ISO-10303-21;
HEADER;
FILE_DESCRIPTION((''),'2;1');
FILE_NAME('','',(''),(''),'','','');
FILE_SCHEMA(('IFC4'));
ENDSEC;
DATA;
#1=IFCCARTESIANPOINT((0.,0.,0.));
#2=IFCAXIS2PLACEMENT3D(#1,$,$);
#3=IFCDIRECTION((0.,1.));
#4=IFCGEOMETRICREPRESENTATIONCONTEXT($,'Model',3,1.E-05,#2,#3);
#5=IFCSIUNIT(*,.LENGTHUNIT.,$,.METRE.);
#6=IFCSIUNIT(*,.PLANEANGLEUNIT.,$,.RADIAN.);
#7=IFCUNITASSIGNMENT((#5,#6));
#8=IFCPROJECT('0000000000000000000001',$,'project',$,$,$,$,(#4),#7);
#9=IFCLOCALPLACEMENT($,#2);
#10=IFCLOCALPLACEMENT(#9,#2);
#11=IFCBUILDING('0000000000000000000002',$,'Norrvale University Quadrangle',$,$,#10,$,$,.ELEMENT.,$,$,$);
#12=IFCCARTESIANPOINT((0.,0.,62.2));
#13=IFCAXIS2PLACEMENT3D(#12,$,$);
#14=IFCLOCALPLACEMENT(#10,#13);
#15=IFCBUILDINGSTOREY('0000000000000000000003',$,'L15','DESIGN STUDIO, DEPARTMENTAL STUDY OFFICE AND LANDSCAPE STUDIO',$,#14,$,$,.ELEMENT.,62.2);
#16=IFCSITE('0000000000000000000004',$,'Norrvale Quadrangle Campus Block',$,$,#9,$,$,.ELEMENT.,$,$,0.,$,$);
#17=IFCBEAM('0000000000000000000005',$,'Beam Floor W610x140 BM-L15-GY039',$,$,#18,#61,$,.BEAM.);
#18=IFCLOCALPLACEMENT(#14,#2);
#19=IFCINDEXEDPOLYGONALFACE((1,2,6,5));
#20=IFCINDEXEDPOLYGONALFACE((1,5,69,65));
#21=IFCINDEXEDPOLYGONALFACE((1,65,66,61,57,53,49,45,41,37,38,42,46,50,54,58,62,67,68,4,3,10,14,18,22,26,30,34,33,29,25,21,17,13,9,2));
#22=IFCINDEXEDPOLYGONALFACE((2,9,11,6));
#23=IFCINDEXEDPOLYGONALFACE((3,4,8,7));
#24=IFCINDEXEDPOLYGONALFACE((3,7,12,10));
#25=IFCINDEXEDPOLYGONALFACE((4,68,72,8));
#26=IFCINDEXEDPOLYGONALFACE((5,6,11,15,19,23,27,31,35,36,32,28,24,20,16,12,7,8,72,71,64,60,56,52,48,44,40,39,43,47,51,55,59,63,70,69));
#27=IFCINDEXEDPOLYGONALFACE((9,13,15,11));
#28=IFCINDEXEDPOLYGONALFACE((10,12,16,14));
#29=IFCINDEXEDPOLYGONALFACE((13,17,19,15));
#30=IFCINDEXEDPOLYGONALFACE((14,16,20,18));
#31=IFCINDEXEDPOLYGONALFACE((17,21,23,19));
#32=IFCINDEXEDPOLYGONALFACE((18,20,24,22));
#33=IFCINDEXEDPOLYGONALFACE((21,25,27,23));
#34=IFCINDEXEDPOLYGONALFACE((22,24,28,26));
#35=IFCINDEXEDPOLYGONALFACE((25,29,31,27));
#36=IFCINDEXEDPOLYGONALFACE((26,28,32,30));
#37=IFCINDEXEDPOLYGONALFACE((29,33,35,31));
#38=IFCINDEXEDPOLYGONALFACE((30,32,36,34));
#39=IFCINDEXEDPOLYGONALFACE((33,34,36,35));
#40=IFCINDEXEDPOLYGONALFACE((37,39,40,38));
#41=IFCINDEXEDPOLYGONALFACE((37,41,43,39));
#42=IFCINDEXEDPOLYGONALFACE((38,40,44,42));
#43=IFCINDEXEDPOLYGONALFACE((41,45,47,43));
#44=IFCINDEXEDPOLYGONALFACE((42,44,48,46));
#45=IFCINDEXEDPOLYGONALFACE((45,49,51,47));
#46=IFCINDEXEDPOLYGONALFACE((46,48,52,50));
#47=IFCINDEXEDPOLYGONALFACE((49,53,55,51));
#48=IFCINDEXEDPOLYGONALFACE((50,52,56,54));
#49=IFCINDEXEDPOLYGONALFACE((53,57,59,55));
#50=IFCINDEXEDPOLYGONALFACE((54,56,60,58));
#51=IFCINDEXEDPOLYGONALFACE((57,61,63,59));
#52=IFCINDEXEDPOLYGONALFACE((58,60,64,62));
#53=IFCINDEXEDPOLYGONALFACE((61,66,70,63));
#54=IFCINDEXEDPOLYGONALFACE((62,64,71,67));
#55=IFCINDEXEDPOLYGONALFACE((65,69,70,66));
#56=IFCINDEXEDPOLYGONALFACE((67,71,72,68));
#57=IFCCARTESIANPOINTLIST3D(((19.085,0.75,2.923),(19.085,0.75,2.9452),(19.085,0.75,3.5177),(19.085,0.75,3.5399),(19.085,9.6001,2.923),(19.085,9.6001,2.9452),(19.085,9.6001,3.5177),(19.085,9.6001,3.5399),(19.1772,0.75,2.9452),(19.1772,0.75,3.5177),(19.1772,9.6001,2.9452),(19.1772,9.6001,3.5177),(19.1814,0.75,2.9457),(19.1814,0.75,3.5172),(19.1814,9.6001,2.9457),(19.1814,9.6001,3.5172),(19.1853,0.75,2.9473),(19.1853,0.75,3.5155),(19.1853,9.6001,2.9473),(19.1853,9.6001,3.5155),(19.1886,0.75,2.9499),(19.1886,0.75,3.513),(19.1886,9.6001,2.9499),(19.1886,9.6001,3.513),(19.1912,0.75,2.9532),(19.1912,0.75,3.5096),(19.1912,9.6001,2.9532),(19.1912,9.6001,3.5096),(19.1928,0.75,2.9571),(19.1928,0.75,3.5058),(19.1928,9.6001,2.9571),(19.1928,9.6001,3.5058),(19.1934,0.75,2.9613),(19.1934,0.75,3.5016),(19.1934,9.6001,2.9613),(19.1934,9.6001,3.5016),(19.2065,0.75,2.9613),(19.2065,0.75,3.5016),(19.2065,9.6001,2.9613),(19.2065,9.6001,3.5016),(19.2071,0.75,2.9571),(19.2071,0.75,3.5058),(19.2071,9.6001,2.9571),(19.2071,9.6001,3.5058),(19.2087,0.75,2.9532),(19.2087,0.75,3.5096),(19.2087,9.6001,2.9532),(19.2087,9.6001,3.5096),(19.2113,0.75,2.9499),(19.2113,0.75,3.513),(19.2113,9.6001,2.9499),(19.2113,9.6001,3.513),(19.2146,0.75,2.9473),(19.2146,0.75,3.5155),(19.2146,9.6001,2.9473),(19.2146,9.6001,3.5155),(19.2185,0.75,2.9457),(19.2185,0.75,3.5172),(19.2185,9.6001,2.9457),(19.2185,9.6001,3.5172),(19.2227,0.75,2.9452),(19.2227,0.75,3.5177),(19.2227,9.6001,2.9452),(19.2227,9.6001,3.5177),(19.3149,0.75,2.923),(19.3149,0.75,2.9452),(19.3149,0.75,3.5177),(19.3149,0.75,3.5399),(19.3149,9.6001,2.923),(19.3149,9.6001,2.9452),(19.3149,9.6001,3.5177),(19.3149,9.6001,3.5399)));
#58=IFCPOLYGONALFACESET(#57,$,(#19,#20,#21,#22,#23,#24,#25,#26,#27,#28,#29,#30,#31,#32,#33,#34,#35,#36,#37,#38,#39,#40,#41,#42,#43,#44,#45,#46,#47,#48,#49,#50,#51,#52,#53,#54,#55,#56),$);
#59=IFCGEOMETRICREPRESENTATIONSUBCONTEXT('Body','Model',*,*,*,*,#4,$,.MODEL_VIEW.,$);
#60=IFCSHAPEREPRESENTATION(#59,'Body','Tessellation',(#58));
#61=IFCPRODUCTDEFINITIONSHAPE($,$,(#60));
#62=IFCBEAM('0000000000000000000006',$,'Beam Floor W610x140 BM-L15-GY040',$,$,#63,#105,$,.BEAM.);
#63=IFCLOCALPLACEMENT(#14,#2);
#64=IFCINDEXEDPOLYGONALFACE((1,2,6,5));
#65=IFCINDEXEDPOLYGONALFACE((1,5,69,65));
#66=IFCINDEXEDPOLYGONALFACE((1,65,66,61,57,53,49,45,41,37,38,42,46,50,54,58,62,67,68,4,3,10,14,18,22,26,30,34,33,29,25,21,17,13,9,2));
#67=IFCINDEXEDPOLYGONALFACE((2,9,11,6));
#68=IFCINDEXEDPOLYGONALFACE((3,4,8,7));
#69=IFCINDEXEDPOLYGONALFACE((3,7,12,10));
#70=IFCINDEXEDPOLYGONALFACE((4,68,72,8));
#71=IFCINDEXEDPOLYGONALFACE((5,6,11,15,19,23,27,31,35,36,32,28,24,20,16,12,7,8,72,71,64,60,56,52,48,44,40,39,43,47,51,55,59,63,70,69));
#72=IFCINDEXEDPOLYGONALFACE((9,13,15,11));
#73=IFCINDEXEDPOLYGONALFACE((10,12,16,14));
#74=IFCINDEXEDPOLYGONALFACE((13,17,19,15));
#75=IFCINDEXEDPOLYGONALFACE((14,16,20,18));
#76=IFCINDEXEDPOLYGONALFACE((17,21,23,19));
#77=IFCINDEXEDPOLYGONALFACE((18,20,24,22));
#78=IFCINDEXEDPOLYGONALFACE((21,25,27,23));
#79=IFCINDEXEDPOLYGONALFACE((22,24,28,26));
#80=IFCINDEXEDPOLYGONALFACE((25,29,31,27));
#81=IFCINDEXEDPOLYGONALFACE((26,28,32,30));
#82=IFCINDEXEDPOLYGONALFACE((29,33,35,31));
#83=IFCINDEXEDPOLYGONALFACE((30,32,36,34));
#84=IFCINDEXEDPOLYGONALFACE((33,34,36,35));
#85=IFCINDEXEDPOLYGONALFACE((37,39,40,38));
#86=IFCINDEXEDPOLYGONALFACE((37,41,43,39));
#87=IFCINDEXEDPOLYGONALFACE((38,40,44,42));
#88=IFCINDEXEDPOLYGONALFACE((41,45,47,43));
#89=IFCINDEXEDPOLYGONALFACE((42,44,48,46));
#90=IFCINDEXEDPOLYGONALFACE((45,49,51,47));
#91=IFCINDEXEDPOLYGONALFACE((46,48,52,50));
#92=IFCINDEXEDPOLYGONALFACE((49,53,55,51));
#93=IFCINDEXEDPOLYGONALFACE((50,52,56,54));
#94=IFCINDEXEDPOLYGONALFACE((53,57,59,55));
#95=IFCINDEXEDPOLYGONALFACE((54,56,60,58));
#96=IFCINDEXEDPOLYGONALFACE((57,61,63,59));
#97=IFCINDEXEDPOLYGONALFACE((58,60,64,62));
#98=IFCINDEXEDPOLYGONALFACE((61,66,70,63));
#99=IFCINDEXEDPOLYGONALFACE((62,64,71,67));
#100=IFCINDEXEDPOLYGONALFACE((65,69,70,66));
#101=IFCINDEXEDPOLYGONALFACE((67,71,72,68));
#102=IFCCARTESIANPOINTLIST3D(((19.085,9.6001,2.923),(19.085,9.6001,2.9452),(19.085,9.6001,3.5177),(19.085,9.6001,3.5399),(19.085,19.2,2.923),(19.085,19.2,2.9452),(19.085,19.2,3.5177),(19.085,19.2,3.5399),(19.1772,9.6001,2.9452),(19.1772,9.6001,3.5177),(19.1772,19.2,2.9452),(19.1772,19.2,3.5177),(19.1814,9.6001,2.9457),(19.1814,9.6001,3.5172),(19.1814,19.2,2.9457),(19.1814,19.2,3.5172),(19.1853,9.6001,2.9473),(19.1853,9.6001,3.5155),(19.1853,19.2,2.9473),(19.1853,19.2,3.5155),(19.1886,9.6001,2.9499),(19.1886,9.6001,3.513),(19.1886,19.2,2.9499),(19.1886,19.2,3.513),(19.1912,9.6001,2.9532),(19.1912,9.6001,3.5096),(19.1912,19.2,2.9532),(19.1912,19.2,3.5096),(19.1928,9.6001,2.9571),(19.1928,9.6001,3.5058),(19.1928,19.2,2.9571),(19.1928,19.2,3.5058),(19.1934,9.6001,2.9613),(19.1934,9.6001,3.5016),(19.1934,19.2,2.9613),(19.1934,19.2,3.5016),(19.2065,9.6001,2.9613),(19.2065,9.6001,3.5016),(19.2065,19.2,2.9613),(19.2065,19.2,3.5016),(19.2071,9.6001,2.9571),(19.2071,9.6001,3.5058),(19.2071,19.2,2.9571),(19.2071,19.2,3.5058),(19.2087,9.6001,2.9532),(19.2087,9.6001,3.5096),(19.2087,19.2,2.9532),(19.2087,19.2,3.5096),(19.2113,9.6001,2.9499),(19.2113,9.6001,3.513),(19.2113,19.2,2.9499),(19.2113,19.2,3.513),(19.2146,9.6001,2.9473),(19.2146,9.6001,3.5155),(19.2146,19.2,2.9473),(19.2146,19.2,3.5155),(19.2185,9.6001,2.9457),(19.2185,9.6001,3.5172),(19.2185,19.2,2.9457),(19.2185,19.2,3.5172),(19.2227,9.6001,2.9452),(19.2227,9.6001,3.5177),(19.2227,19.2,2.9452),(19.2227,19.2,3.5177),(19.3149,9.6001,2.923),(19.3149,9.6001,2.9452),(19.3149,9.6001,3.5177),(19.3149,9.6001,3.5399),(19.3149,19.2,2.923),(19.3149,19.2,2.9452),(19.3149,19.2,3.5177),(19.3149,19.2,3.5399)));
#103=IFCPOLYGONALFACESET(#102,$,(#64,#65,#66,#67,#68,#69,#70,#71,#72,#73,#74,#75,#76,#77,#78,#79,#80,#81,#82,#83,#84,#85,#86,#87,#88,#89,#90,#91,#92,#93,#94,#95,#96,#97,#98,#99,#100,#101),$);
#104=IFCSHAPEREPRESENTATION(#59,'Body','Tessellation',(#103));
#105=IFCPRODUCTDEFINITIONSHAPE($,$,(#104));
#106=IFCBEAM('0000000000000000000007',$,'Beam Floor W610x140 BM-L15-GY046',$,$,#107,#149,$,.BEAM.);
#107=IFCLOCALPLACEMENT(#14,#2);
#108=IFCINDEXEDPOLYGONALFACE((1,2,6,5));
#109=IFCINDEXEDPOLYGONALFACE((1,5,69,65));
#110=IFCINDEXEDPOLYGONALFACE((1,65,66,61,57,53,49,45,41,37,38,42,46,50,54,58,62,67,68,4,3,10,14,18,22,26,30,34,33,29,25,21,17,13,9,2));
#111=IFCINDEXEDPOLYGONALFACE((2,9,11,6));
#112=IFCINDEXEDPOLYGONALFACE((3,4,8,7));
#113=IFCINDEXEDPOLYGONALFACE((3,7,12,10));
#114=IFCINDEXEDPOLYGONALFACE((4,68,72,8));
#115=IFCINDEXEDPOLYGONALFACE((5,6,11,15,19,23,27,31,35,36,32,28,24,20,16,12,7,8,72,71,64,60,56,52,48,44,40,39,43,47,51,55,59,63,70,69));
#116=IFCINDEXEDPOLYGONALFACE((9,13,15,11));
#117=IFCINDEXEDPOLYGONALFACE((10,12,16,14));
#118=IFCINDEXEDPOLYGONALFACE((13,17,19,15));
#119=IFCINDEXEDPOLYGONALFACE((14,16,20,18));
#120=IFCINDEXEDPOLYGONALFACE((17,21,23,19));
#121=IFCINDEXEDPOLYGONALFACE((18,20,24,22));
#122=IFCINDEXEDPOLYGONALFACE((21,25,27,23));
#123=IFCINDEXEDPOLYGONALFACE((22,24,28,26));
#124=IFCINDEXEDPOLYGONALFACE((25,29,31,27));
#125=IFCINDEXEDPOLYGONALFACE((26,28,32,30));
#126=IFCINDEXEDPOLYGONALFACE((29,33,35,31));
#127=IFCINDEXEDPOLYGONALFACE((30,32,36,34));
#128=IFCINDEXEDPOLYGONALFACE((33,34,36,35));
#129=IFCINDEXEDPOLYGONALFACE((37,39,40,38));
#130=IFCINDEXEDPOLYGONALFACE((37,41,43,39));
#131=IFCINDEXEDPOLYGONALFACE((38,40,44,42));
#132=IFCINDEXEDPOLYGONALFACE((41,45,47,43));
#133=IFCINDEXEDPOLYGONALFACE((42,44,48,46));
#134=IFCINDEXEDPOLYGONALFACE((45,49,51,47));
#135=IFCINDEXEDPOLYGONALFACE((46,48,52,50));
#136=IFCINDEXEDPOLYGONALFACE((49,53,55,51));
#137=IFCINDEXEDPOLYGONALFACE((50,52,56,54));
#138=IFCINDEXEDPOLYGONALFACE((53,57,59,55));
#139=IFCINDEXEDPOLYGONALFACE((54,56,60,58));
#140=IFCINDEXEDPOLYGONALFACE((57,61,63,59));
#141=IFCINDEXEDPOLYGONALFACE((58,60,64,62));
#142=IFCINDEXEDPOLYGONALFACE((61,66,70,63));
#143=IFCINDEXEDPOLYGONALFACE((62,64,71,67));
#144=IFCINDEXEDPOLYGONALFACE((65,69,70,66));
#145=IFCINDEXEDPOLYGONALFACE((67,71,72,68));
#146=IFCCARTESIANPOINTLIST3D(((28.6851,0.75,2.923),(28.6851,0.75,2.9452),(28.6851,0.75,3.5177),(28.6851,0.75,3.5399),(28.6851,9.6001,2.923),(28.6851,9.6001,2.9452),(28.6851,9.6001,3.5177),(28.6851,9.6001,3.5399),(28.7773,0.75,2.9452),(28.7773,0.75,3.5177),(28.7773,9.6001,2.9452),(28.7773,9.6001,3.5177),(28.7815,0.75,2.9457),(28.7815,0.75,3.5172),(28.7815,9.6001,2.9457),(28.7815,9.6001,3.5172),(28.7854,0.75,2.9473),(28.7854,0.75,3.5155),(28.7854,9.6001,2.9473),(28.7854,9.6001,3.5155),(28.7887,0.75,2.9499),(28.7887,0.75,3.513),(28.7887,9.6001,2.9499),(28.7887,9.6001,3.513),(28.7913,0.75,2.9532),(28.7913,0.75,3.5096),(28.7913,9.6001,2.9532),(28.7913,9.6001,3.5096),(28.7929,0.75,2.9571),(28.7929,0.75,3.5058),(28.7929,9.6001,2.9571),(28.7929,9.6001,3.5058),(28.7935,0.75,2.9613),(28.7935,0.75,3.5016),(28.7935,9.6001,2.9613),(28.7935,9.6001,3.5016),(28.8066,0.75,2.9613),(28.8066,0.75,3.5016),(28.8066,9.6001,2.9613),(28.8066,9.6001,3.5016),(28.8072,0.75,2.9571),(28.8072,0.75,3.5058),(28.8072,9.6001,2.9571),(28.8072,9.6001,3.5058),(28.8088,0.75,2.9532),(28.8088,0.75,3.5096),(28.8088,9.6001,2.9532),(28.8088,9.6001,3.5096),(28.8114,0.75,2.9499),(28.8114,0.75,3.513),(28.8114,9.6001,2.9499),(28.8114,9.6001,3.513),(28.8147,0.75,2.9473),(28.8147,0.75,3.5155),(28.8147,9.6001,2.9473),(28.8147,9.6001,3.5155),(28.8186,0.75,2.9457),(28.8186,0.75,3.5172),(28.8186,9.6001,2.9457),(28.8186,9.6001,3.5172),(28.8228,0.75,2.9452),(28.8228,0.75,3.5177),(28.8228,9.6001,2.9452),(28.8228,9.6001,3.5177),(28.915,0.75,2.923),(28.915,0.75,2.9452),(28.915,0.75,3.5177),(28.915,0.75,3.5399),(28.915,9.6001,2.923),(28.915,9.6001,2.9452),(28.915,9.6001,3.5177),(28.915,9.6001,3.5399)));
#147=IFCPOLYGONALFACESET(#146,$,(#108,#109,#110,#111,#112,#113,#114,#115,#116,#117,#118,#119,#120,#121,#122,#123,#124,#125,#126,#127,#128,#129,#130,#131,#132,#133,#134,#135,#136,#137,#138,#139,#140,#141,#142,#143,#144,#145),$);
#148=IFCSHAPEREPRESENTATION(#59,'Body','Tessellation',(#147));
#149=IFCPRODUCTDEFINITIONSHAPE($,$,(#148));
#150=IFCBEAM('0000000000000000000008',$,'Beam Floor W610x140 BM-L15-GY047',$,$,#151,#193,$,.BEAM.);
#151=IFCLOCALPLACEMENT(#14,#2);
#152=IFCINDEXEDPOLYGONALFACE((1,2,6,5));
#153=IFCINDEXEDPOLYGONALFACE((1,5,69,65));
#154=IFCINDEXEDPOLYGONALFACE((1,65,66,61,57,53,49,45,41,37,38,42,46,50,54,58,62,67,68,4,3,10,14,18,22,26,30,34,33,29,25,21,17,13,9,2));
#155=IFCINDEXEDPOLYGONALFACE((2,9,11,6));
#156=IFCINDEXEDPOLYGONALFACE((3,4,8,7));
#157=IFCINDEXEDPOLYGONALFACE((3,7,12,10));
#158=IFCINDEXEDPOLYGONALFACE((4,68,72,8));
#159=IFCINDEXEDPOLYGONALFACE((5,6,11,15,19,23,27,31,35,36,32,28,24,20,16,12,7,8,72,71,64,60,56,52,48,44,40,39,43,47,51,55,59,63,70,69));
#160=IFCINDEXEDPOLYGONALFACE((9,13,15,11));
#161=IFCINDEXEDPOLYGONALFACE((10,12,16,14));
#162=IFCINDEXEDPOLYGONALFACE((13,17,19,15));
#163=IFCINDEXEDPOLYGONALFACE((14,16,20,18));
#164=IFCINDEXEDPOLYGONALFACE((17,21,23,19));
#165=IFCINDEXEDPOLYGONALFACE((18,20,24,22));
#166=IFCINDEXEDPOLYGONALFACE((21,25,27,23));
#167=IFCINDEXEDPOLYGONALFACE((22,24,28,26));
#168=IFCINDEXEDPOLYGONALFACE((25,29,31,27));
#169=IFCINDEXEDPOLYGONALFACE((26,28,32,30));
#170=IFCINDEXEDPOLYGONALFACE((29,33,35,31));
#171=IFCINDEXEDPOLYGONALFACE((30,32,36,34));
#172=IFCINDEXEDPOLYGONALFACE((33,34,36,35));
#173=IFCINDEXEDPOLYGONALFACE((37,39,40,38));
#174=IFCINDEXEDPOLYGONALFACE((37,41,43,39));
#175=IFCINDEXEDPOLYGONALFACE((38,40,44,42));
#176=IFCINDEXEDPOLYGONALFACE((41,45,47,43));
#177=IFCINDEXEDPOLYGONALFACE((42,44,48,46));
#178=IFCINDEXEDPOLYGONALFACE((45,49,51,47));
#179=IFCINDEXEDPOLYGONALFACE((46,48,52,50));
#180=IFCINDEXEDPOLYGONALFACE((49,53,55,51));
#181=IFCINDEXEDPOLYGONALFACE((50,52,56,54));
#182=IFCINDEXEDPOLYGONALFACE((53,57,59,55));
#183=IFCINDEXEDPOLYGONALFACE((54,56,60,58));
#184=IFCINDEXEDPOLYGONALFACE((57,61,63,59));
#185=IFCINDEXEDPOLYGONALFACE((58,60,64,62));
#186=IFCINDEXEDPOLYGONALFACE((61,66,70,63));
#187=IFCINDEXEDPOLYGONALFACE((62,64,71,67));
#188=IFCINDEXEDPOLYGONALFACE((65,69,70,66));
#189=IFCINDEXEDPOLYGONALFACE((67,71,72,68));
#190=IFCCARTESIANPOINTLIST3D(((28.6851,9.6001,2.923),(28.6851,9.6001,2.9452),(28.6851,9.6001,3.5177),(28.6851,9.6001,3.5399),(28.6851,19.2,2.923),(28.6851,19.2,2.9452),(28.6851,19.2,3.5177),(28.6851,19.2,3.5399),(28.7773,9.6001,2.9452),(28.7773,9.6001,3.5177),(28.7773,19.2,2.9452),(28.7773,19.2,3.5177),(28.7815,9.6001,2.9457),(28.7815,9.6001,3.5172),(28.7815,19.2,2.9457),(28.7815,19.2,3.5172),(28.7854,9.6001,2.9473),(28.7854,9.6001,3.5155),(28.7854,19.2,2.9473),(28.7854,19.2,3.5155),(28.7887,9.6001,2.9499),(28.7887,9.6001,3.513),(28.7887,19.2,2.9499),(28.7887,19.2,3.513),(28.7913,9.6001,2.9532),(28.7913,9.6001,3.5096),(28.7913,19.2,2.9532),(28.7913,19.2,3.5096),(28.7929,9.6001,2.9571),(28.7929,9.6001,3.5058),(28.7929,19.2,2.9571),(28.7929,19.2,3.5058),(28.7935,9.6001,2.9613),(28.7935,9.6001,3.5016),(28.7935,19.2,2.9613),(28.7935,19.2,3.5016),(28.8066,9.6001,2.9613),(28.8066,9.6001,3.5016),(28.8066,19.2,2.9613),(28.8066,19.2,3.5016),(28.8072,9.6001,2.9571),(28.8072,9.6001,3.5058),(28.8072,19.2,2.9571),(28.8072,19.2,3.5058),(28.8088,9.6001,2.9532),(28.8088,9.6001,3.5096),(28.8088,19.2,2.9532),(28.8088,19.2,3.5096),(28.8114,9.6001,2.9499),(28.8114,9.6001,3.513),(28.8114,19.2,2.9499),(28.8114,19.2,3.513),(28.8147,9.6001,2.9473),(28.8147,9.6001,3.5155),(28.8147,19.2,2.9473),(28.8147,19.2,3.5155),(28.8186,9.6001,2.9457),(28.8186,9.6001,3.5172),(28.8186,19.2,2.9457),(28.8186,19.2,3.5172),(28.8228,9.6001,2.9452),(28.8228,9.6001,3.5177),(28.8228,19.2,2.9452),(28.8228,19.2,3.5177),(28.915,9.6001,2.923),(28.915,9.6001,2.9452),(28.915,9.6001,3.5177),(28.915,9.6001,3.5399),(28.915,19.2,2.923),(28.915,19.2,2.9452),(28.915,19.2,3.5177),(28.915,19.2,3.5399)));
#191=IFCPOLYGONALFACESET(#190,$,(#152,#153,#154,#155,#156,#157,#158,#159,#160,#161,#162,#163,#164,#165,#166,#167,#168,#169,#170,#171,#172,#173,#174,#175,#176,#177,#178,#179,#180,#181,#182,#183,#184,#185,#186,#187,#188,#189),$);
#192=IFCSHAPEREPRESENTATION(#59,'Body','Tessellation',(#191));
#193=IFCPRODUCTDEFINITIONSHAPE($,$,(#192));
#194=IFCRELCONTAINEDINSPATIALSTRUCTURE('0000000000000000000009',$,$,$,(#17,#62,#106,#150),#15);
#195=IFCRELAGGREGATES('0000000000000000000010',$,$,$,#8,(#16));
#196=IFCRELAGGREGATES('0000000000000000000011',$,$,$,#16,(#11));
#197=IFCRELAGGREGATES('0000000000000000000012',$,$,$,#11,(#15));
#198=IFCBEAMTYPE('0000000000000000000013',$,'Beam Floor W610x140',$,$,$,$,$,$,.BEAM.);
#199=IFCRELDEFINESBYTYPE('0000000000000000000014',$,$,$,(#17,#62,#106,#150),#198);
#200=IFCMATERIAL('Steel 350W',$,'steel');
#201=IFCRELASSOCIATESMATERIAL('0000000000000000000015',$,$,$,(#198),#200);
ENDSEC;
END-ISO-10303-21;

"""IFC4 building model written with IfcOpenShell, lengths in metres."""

from ifc_helpers import new_model, si_unit, direction, frame, origin, origin_2d, place, context, subcontext, project, spatial, i_section, extrude, material, material_profile, profile_set, type_object, element, save


model = new_model("IFC4")

# Units and contexts
model_context = context("Model", 3, precision=1e-05, world=origin(), true_north=direction((0.0, 1.0)))
body_context = subcontext(model_context, "Body", "Model", "MODEL_VIEW")
ifc_project = project(units=[si_unit("LENGTHUNIT", "METRE"), si_unit("PLANEANGLEUNIT", "RADIAN")], contexts=[model_context])

# Site, building, storey
site_placement = place(None, origin())
site = spatial("IfcSite", under=ifc_project, at=site_placement, Name="Norrvale Quadrangle Campus Block", CompositionType="ELEMENT", RefElevation=0.0)
building_placement = place(site_placement, origin())
building = spatial("IfcBuilding", under=site, at=building_placement, Name="Norrvale University Quadrangle", CompositionType="ELEMENT")
storey_placement = place(building_placement, frame((0.0, 0.0, 62.2)))
storey = spatial("IfcBuildingStorey", under=building, at=storey_placement, Name="L15", Description="DESIGN STUDIO, DEPARTMENTAL STUDY OFFICE AND LANDSCAPE STUDIO", CompositionType="ELEMENT", Elevation=62.2)

# Beams
ifc_material_1 = material(Name="Steel 350W", Category="steel")
ifc_material_profile_1 = material_profile(ifc_material_1, i_section(OverallWidth=0.23, OverallDepth=0.6169, WebThickness=0.0132, FlangeThickness=0.0222, FilletRadius=0.0161, at=origin_2d()), Name="Steel 350W")
ifc_profile_set_1 = profile_set([ifc_material_profile_1], Name="Steel 350W")
beam_type_1 = type_object("IfcBeamType", Name="Beam Floor W610x140", PredefinedType="BEAM", material=ifc_profile_set_1)
beam_1_placement = place(storey_placement, frame((19.2, 0.75, 3.2314), z_axis=(0.0, 1.0, 0.0), x_axis=(-1.0, 0.0, 0.0)))
element("IfcBeam", 1, at=beam_1_placement, inside=storey, type_object=beam_type_1, Name="Beam Floor W610x140 BM-L15-GY039", PredefinedType="BEAM", context=body_context, shape_type="SweptSolid", body=[
    extrude(i_section(OverallWidth=0.23, OverallDepth=0.6169, WebThickness=0.0132, FlangeThickness=0.0222, FilletRadius=0.0161, at=origin_2d()), origin(), (0.0, 0.0, 1.0), 8.8501),
])
beam_2_placement = place(storey_placement, frame((19.2, 9.6001, 3.2314), z_axis=(0.0, 1.0, 0.0), x_axis=(-1.0, 0.0, 0.0)))
element("IfcBeam", 2, at=beam_2_placement, inside=storey, type_object=beam_type_1, Name="Beam Floor W610x140 BM-L15-GY040", PredefinedType="BEAM", context=body_context, shape_type="SweptSolid", body=[
    extrude(i_section(OverallWidth=0.23, OverallDepth=0.6169, WebThickness=0.0132, FlangeThickness=0.0222, FilletRadius=0.0161, at=origin_2d()), origin(), (0.0, 0.0, 1.0), 9.5999),
])
beam_3_placement = place(storey_placement, frame((28.8, 0.75, 3.2314), z_axis=(0.0, 1.0, 0.0), x_axis=(-1.0, 0.0, 0.0)))
element("IfcBeam", 3, at=beam_3_placement, inside=storey, type_object=beam_type_1, Name="Beam Floor W610x140 BM-L15-GY046", PredefinedType="BEAM", context=body_context, shape_type="SweptSolid", body=[
    extrude(i_section(OverallWidth=0.23, OverallDepth=0.6169, WebThickness=0.0132, FlangeThickness=0.0222, FilletRadius=0.0161, at=origin_2d()), origin(), (0.0, 0.0, 1.0), 8.8501),
])
beam_4_placement = place(storey_placement, frame((28.8, 9.6001, 3.2314), z_axis=(0.0, 1.0, 0.0), x_axis=(-1.0, 0.0, 0.0)))
element("IfcBeam", 4, at=beam_4_placement, inside=storey, type_object=beam_type_1, Name="Beam Floor W610x140 BM-L15-GY047", PredefinedType="BEAM", context=body_context, shape_type="SweptSolid", body=[
    extrude(i_section(OverallWidth=0.23, OverallDepth=0.6169, WebThickness=0.0132, FlangeThickness=0.0222, FilletRadius=0.0161, at=origin_2d()), origin(), (0.0, 0.0, 1.0), 9.5999),
])

save(model, "model.ifc")
